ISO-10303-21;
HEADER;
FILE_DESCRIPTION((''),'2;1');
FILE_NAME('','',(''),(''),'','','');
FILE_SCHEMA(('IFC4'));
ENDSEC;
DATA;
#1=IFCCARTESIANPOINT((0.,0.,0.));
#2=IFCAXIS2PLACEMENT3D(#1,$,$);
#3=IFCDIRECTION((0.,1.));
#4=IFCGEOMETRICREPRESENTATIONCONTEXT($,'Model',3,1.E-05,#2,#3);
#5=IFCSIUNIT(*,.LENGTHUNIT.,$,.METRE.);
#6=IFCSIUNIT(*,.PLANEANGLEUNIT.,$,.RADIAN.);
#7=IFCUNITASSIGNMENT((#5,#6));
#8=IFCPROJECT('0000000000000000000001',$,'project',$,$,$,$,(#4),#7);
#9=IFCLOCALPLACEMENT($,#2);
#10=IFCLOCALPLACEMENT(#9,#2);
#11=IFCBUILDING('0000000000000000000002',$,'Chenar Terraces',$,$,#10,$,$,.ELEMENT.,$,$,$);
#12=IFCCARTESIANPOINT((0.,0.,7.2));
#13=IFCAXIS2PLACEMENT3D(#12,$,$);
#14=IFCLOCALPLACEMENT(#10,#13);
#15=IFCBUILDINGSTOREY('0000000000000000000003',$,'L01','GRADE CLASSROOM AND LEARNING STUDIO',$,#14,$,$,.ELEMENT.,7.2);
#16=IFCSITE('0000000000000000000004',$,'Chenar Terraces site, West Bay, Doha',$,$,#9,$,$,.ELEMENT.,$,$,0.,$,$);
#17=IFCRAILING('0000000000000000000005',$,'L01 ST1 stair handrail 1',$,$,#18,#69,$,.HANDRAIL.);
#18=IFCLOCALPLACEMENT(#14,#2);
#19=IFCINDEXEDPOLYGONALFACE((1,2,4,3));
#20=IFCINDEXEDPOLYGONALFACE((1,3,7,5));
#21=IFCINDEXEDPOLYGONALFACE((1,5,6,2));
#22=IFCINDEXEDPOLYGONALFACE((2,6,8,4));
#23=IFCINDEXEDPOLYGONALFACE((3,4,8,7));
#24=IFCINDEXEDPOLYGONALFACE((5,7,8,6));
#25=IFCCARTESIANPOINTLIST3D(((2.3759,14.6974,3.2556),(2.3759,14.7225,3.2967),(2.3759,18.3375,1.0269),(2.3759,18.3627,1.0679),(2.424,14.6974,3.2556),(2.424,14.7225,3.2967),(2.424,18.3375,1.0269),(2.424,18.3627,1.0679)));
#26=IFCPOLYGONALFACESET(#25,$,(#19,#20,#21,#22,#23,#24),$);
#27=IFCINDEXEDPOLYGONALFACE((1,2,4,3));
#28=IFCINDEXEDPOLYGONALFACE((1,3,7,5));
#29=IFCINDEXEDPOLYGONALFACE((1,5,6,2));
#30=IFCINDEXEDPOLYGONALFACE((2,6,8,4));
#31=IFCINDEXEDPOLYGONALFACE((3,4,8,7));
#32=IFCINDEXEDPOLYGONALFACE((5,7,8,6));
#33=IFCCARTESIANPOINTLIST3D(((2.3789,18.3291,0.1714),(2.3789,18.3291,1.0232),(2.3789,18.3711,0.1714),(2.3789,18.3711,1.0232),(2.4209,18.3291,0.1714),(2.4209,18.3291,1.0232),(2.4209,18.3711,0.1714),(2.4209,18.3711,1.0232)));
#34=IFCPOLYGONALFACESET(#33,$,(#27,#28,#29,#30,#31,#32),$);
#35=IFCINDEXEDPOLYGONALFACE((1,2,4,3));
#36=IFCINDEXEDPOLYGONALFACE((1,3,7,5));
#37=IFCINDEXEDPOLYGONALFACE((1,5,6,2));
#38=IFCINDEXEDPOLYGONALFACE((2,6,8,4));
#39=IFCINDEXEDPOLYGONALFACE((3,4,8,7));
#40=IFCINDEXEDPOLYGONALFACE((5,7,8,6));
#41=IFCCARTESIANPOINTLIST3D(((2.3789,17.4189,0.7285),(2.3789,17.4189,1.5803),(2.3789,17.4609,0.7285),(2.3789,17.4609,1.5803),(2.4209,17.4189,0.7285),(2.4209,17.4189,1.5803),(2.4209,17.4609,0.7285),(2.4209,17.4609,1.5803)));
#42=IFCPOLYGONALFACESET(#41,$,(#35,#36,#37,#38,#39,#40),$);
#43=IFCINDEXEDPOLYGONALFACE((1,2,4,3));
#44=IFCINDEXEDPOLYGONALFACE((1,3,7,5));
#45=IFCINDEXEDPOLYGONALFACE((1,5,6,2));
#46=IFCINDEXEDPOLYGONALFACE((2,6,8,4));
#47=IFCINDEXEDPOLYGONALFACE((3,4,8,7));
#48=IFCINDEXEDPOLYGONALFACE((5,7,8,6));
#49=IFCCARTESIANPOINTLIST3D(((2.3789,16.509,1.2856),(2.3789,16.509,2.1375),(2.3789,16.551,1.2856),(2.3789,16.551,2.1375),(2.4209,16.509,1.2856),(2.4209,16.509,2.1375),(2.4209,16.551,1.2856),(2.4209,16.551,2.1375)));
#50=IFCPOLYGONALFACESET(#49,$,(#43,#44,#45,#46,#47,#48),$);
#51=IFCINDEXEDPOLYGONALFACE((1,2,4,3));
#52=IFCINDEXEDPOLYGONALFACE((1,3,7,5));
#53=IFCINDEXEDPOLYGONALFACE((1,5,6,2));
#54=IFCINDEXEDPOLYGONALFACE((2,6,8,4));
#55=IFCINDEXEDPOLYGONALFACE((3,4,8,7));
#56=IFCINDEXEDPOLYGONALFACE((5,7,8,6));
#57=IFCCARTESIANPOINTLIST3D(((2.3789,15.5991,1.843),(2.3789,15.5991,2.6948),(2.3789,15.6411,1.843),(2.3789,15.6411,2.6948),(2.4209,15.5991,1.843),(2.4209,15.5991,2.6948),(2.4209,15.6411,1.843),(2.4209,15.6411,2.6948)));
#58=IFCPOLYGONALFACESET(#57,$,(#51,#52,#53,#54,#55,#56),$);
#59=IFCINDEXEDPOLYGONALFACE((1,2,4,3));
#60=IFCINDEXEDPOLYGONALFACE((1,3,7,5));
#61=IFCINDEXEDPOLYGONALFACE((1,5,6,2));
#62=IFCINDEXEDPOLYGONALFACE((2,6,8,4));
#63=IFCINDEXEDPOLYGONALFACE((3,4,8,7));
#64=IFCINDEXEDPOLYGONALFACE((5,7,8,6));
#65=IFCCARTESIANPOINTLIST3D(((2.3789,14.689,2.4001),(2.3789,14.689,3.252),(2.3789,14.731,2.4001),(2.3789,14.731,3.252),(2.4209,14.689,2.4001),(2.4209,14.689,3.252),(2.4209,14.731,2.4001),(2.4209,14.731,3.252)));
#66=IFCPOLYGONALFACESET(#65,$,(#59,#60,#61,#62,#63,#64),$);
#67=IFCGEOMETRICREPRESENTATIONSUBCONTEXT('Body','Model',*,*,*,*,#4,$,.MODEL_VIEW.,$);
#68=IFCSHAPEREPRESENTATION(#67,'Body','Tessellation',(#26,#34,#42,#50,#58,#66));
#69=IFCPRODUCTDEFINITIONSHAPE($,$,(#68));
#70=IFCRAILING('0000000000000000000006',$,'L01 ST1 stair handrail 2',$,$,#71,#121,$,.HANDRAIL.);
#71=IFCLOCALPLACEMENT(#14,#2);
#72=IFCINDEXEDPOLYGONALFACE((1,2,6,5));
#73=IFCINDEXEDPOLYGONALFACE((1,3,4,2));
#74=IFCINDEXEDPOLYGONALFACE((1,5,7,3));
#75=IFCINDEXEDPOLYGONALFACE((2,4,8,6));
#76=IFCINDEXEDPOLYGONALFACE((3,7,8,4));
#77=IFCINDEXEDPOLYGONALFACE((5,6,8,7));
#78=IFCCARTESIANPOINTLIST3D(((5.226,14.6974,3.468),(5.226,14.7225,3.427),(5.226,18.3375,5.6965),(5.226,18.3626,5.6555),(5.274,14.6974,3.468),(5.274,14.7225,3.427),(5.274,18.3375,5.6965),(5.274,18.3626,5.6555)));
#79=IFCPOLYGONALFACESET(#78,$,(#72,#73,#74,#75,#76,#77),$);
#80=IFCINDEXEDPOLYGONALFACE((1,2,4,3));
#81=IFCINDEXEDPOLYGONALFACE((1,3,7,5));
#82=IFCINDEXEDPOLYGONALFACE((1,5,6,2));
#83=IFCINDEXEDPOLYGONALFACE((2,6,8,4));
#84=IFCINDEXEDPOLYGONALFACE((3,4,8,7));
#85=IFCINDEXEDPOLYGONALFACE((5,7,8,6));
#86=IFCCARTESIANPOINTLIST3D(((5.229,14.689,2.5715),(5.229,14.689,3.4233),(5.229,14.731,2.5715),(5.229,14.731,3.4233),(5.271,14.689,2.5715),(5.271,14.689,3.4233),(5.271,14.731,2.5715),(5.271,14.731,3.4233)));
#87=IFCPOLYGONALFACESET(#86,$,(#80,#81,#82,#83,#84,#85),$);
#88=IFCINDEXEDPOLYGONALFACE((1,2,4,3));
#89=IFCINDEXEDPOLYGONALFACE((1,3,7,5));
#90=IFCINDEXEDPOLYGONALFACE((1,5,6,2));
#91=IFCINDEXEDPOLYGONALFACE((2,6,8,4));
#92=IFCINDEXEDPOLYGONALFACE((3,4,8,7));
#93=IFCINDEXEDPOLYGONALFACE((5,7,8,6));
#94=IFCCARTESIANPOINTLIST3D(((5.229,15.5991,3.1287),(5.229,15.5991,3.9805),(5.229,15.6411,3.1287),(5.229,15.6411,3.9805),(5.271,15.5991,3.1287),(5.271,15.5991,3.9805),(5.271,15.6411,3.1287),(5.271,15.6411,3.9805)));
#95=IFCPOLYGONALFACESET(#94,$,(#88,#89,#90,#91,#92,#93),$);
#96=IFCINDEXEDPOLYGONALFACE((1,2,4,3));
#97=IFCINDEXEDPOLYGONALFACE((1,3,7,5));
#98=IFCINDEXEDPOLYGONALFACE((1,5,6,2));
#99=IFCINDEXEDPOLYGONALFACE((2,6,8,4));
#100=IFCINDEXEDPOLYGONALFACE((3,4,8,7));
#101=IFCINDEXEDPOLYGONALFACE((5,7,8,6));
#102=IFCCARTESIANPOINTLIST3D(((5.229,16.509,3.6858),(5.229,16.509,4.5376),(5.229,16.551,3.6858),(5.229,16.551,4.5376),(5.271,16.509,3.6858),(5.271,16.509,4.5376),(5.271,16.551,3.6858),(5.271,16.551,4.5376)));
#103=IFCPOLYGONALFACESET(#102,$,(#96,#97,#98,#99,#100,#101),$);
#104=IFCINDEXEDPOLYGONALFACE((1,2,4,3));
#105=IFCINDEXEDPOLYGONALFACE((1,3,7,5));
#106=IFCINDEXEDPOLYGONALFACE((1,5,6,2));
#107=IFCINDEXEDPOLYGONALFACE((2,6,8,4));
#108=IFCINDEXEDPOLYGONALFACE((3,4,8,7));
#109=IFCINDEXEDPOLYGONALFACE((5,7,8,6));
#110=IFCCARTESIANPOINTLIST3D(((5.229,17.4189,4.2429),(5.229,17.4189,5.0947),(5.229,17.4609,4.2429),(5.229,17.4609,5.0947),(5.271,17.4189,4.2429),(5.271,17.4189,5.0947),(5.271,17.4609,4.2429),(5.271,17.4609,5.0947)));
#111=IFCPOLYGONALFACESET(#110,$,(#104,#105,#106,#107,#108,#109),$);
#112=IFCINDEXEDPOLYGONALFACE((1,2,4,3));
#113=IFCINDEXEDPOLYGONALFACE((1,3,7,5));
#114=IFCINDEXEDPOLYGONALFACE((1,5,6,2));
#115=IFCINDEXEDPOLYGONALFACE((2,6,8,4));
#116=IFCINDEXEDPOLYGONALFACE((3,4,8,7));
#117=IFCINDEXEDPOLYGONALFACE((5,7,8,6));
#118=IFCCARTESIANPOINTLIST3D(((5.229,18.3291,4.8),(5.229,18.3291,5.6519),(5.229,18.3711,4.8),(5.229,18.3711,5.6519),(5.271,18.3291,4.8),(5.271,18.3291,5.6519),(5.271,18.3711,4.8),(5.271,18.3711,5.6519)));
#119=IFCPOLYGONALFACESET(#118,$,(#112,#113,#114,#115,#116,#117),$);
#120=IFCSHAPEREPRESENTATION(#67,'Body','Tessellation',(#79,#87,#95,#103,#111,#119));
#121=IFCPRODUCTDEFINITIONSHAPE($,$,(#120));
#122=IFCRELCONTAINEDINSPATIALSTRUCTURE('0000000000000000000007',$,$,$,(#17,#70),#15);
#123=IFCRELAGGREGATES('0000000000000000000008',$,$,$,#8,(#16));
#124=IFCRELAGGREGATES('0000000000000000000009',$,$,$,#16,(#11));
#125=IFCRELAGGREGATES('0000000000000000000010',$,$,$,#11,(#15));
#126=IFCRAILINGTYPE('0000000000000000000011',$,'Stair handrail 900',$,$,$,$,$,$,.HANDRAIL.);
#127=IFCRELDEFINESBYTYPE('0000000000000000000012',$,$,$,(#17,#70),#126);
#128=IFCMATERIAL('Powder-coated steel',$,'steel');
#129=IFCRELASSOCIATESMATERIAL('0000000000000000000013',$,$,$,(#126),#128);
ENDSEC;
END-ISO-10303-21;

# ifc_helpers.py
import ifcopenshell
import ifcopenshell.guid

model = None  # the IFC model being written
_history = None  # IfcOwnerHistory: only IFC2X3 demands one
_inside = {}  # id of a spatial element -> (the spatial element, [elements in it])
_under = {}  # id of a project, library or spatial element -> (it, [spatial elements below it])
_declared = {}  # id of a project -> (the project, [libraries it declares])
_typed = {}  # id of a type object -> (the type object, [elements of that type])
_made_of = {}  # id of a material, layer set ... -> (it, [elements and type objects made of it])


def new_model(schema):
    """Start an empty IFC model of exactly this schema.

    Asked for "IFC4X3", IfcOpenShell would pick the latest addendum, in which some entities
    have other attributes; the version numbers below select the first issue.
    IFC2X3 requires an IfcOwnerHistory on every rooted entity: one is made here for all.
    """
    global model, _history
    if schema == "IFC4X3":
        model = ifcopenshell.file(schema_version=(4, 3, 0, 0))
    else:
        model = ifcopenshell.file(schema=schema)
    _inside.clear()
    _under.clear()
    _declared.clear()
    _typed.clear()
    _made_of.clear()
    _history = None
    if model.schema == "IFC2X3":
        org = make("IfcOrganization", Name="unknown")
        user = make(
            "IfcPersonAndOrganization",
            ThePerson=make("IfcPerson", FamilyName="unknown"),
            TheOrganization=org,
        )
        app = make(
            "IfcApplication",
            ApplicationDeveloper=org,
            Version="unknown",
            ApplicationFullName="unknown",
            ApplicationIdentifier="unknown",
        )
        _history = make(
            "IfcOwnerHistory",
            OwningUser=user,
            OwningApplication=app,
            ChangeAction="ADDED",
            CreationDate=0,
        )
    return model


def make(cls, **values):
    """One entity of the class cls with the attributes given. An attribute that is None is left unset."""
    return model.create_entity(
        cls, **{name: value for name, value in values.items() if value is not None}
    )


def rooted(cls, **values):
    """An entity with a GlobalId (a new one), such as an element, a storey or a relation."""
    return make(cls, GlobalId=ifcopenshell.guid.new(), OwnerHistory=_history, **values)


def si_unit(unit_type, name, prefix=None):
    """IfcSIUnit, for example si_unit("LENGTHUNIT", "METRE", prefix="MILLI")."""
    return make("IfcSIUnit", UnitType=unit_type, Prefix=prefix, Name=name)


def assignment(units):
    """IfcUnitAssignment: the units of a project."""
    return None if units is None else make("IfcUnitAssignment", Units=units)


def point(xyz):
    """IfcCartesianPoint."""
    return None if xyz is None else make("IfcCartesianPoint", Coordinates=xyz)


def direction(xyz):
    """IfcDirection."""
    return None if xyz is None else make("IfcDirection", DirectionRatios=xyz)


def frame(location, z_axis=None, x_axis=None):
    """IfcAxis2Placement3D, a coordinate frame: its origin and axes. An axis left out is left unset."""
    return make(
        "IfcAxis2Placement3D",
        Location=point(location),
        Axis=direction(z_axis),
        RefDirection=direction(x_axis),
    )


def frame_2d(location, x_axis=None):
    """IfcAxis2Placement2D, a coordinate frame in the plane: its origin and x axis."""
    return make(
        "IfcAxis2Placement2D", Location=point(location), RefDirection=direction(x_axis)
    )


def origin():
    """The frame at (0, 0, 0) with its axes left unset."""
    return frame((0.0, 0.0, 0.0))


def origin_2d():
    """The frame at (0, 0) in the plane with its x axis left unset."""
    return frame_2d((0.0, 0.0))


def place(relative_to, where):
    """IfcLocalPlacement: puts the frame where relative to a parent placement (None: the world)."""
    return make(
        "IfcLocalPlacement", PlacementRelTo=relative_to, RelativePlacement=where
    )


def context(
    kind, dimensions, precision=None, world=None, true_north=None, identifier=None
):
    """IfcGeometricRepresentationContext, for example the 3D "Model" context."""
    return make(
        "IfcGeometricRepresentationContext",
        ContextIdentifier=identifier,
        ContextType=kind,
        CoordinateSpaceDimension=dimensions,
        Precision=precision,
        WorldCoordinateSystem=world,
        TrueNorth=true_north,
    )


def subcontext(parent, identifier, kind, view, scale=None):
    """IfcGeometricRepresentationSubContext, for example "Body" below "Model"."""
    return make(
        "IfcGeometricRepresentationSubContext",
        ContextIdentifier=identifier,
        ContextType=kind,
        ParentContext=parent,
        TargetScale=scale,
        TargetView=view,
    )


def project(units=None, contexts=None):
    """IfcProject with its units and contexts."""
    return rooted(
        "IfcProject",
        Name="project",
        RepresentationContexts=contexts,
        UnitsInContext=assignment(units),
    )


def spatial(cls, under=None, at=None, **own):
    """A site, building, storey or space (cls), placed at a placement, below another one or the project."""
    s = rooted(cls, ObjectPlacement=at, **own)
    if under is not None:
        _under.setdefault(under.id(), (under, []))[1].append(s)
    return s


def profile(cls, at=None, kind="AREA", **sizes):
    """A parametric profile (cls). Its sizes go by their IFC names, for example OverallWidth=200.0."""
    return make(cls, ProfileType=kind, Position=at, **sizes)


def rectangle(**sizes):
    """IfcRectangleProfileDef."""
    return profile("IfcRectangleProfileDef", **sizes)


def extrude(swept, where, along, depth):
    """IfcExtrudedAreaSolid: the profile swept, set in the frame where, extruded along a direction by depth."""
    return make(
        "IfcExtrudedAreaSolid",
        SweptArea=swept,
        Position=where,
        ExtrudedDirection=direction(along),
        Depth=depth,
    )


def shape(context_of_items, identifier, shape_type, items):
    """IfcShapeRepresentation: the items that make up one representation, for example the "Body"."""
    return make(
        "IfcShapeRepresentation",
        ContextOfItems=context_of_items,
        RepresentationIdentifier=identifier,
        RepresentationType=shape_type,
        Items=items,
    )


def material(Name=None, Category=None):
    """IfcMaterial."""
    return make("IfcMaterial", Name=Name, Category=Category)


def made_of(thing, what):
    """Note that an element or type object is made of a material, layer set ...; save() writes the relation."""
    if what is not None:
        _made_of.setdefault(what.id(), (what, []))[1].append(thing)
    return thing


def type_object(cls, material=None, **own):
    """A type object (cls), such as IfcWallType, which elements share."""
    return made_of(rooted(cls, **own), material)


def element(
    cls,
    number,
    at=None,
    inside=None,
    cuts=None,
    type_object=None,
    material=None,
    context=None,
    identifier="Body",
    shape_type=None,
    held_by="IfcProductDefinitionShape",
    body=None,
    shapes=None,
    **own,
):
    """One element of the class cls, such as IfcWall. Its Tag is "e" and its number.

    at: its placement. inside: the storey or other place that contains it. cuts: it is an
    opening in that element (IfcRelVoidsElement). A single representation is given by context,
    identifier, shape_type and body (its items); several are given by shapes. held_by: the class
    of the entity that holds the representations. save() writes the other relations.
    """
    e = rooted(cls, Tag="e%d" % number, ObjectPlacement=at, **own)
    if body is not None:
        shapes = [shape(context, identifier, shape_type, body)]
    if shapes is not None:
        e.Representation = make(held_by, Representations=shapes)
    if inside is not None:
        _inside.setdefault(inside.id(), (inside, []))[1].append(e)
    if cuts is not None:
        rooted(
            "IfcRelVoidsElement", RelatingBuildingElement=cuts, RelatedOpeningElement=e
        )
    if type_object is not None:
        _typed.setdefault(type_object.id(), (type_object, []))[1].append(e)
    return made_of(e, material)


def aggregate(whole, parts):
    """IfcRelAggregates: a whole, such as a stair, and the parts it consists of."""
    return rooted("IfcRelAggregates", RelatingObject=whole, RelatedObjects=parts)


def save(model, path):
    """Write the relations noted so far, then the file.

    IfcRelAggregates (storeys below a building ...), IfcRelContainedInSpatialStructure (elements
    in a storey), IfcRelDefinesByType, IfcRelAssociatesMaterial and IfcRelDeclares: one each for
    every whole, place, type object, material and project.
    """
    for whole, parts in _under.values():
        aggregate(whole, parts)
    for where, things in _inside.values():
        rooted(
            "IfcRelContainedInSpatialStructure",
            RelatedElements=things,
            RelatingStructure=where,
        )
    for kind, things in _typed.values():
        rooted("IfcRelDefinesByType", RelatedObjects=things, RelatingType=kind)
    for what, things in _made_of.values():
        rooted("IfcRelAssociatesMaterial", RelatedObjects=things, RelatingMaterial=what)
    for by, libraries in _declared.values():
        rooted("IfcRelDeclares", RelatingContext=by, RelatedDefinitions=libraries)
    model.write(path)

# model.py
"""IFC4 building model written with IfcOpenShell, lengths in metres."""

from ifc_helpers import new_model, si_unit, direction, frame, origin, origin_2d, place, context, subcontext, project, spatial, rectangle, extrude, material, type_object, element, save


model = new_model("IFC4")

# Units and contexts
model_context = context("Model", 3, precision=1e-05, world=origin(), true_north=direction((0.0, 1.0)))
body_context = subcontext(model_context, "Body", "Model", "MODEL_VIEW")
ifc_project = project(units=[si_unit("LENGTHUNIT", "METRE"), si_unit("PLANEANGLEUNIT", "RADIAN")], contexts=[model_context])

# Site, building, storey
site_placement = place(None, origin())
site = spatial("IfcSite", under=ifc_project, at=site_placement, Name="Chenar Terraces site, West Bay, Doha", CompositionType="ELEMENT", RefElevation=0.0)
building_placement = place(site_placement, origin())
building = spatial("IfcBuilding", under=site, at=building_placement, Name="Chenar Terraces", CompositionType="ELEMENT")
storey_placement = place(building_placement, frame((0.0, 0.0, 7.2)))
storey = spatial("IfcBuildingStorey", under=building, at=storey_placement, Name="L01", Description="GRADE CLASSROOM AND LEARNING STUDIO", CompositionType="ELEMENT", Elevation=7.2)

# Railings
ifc_material_1 = material(Name="Powder-coated steel", Category="steel")
railing_type_1 = type_object("IfcRailingType", Name="Stair handrail 900", PredefinedType="HANDRAIL", material=ifc_material_1)
railing_1_placement = place(storey_placement, frame((2.3999, 18.3501, 0.1714)))
element("IfcRailing", 1, at=railing_1_placement, inside=storey, type_object=railing_type_1, Name="L01 ST1 stair handrail 1", PredefinedType="HANDRAIL", context=body_context, shape_type="SweptSolid", body=[
    extrude(rectangle(XDim=0.0481, YDim=0.0481, at=origin_2d()), frame((0.0, 0.0, 0.876), z_axis=(0.0, -0.85284, 0.522172), x_axis=(1.0, 0.0, 0.0)), (0.0, 0.0, 1.0), 4.2683),
    extrude(rectangle(XDim=0.042, YDim=0.042, at=origin_2d()), origin(), (0.0, 0.0, 1.0), 0.8518),
    extrude(rectangle(XDim=0.042, YDim=0.042, at=origin_2d()), frame((0.0, -0.9102, 0.5571)), (0.0, 0.0, 1.0), 0.8518),
    extrude(rectangle(XDim=0.042, YDim=0.042, at=origin_2d()), frame((0.0, -1.8201, 1.1143)), (0.0, 0.0, 1.0), 0.8518),
    extrude(rectangle(XDim=0.042, YDim=0.042, at=origin_2d()), frame((0.0, -2.73, 1.6716)), (0.0, 0.0, 1.0), 0.8518),
    extrude(rectangle(XDim=0.042, YDim=0.042, at=origin_2d()), frame((0.0, -3.6401, 2.2288)), (0.0, 0.0, 1.0), 0.8518),
])
railing_2_placement = place(storey_placement, frame((5.25, 14.71, 2.5715)))
element("IfcRailing", 2, at=railing_2_placement, inside=storey, type_object=railing_type_1, Name="L01 ST1 stair handrail 2", PredefinedType="HANDRAIL", context=body_context, shape_type="SweptSolid", body=[
    extrude(rectangle(XDim=0.0481, YDim=0.0481, at=origin_2d()), frame((0.0, 0.0, 0.876), z_axis=(0.0, 0.852866, 0.52213), x_axis=(-1.0, 0.0, 0.0)), (0.0, 0.0, 1.0), 4.2681),
    extrude(rectangle(XDim=0.042, YDim=0.042, at=origin_2d()), origin(), (0.0, 0.0, 1.0), 0.8518),
    extrude(rectangle(XDim=0.042, YDim=0.042, at=origin_2d()), frame((0.0, 0.9102, 0.5571)), (0.0, 0.0, 1.0), 0.8518),
    extrude(rectangle(XDim=0.042, YDim=0.042, at=origin_2d()), frame((0.0, 1.8201, 1.1143)), (0.0, 0.0, 1.0), 0.8518),
    extrude(rectangle(XDim=0.042, YDim=0.042, at=origin_2d()), frame((0.0, 2.73, 1.6714)), (0.0, 0.0, 1.0), 0.8518),
    extrude(rectangle(XDim=0.042, YDim=0.042, at=origin_2d()), frame((0.0, 3.6401, 2.2285)), (0.0, 0.0, 1.0), 0.8518),
])

save(model, "model.ifc")
